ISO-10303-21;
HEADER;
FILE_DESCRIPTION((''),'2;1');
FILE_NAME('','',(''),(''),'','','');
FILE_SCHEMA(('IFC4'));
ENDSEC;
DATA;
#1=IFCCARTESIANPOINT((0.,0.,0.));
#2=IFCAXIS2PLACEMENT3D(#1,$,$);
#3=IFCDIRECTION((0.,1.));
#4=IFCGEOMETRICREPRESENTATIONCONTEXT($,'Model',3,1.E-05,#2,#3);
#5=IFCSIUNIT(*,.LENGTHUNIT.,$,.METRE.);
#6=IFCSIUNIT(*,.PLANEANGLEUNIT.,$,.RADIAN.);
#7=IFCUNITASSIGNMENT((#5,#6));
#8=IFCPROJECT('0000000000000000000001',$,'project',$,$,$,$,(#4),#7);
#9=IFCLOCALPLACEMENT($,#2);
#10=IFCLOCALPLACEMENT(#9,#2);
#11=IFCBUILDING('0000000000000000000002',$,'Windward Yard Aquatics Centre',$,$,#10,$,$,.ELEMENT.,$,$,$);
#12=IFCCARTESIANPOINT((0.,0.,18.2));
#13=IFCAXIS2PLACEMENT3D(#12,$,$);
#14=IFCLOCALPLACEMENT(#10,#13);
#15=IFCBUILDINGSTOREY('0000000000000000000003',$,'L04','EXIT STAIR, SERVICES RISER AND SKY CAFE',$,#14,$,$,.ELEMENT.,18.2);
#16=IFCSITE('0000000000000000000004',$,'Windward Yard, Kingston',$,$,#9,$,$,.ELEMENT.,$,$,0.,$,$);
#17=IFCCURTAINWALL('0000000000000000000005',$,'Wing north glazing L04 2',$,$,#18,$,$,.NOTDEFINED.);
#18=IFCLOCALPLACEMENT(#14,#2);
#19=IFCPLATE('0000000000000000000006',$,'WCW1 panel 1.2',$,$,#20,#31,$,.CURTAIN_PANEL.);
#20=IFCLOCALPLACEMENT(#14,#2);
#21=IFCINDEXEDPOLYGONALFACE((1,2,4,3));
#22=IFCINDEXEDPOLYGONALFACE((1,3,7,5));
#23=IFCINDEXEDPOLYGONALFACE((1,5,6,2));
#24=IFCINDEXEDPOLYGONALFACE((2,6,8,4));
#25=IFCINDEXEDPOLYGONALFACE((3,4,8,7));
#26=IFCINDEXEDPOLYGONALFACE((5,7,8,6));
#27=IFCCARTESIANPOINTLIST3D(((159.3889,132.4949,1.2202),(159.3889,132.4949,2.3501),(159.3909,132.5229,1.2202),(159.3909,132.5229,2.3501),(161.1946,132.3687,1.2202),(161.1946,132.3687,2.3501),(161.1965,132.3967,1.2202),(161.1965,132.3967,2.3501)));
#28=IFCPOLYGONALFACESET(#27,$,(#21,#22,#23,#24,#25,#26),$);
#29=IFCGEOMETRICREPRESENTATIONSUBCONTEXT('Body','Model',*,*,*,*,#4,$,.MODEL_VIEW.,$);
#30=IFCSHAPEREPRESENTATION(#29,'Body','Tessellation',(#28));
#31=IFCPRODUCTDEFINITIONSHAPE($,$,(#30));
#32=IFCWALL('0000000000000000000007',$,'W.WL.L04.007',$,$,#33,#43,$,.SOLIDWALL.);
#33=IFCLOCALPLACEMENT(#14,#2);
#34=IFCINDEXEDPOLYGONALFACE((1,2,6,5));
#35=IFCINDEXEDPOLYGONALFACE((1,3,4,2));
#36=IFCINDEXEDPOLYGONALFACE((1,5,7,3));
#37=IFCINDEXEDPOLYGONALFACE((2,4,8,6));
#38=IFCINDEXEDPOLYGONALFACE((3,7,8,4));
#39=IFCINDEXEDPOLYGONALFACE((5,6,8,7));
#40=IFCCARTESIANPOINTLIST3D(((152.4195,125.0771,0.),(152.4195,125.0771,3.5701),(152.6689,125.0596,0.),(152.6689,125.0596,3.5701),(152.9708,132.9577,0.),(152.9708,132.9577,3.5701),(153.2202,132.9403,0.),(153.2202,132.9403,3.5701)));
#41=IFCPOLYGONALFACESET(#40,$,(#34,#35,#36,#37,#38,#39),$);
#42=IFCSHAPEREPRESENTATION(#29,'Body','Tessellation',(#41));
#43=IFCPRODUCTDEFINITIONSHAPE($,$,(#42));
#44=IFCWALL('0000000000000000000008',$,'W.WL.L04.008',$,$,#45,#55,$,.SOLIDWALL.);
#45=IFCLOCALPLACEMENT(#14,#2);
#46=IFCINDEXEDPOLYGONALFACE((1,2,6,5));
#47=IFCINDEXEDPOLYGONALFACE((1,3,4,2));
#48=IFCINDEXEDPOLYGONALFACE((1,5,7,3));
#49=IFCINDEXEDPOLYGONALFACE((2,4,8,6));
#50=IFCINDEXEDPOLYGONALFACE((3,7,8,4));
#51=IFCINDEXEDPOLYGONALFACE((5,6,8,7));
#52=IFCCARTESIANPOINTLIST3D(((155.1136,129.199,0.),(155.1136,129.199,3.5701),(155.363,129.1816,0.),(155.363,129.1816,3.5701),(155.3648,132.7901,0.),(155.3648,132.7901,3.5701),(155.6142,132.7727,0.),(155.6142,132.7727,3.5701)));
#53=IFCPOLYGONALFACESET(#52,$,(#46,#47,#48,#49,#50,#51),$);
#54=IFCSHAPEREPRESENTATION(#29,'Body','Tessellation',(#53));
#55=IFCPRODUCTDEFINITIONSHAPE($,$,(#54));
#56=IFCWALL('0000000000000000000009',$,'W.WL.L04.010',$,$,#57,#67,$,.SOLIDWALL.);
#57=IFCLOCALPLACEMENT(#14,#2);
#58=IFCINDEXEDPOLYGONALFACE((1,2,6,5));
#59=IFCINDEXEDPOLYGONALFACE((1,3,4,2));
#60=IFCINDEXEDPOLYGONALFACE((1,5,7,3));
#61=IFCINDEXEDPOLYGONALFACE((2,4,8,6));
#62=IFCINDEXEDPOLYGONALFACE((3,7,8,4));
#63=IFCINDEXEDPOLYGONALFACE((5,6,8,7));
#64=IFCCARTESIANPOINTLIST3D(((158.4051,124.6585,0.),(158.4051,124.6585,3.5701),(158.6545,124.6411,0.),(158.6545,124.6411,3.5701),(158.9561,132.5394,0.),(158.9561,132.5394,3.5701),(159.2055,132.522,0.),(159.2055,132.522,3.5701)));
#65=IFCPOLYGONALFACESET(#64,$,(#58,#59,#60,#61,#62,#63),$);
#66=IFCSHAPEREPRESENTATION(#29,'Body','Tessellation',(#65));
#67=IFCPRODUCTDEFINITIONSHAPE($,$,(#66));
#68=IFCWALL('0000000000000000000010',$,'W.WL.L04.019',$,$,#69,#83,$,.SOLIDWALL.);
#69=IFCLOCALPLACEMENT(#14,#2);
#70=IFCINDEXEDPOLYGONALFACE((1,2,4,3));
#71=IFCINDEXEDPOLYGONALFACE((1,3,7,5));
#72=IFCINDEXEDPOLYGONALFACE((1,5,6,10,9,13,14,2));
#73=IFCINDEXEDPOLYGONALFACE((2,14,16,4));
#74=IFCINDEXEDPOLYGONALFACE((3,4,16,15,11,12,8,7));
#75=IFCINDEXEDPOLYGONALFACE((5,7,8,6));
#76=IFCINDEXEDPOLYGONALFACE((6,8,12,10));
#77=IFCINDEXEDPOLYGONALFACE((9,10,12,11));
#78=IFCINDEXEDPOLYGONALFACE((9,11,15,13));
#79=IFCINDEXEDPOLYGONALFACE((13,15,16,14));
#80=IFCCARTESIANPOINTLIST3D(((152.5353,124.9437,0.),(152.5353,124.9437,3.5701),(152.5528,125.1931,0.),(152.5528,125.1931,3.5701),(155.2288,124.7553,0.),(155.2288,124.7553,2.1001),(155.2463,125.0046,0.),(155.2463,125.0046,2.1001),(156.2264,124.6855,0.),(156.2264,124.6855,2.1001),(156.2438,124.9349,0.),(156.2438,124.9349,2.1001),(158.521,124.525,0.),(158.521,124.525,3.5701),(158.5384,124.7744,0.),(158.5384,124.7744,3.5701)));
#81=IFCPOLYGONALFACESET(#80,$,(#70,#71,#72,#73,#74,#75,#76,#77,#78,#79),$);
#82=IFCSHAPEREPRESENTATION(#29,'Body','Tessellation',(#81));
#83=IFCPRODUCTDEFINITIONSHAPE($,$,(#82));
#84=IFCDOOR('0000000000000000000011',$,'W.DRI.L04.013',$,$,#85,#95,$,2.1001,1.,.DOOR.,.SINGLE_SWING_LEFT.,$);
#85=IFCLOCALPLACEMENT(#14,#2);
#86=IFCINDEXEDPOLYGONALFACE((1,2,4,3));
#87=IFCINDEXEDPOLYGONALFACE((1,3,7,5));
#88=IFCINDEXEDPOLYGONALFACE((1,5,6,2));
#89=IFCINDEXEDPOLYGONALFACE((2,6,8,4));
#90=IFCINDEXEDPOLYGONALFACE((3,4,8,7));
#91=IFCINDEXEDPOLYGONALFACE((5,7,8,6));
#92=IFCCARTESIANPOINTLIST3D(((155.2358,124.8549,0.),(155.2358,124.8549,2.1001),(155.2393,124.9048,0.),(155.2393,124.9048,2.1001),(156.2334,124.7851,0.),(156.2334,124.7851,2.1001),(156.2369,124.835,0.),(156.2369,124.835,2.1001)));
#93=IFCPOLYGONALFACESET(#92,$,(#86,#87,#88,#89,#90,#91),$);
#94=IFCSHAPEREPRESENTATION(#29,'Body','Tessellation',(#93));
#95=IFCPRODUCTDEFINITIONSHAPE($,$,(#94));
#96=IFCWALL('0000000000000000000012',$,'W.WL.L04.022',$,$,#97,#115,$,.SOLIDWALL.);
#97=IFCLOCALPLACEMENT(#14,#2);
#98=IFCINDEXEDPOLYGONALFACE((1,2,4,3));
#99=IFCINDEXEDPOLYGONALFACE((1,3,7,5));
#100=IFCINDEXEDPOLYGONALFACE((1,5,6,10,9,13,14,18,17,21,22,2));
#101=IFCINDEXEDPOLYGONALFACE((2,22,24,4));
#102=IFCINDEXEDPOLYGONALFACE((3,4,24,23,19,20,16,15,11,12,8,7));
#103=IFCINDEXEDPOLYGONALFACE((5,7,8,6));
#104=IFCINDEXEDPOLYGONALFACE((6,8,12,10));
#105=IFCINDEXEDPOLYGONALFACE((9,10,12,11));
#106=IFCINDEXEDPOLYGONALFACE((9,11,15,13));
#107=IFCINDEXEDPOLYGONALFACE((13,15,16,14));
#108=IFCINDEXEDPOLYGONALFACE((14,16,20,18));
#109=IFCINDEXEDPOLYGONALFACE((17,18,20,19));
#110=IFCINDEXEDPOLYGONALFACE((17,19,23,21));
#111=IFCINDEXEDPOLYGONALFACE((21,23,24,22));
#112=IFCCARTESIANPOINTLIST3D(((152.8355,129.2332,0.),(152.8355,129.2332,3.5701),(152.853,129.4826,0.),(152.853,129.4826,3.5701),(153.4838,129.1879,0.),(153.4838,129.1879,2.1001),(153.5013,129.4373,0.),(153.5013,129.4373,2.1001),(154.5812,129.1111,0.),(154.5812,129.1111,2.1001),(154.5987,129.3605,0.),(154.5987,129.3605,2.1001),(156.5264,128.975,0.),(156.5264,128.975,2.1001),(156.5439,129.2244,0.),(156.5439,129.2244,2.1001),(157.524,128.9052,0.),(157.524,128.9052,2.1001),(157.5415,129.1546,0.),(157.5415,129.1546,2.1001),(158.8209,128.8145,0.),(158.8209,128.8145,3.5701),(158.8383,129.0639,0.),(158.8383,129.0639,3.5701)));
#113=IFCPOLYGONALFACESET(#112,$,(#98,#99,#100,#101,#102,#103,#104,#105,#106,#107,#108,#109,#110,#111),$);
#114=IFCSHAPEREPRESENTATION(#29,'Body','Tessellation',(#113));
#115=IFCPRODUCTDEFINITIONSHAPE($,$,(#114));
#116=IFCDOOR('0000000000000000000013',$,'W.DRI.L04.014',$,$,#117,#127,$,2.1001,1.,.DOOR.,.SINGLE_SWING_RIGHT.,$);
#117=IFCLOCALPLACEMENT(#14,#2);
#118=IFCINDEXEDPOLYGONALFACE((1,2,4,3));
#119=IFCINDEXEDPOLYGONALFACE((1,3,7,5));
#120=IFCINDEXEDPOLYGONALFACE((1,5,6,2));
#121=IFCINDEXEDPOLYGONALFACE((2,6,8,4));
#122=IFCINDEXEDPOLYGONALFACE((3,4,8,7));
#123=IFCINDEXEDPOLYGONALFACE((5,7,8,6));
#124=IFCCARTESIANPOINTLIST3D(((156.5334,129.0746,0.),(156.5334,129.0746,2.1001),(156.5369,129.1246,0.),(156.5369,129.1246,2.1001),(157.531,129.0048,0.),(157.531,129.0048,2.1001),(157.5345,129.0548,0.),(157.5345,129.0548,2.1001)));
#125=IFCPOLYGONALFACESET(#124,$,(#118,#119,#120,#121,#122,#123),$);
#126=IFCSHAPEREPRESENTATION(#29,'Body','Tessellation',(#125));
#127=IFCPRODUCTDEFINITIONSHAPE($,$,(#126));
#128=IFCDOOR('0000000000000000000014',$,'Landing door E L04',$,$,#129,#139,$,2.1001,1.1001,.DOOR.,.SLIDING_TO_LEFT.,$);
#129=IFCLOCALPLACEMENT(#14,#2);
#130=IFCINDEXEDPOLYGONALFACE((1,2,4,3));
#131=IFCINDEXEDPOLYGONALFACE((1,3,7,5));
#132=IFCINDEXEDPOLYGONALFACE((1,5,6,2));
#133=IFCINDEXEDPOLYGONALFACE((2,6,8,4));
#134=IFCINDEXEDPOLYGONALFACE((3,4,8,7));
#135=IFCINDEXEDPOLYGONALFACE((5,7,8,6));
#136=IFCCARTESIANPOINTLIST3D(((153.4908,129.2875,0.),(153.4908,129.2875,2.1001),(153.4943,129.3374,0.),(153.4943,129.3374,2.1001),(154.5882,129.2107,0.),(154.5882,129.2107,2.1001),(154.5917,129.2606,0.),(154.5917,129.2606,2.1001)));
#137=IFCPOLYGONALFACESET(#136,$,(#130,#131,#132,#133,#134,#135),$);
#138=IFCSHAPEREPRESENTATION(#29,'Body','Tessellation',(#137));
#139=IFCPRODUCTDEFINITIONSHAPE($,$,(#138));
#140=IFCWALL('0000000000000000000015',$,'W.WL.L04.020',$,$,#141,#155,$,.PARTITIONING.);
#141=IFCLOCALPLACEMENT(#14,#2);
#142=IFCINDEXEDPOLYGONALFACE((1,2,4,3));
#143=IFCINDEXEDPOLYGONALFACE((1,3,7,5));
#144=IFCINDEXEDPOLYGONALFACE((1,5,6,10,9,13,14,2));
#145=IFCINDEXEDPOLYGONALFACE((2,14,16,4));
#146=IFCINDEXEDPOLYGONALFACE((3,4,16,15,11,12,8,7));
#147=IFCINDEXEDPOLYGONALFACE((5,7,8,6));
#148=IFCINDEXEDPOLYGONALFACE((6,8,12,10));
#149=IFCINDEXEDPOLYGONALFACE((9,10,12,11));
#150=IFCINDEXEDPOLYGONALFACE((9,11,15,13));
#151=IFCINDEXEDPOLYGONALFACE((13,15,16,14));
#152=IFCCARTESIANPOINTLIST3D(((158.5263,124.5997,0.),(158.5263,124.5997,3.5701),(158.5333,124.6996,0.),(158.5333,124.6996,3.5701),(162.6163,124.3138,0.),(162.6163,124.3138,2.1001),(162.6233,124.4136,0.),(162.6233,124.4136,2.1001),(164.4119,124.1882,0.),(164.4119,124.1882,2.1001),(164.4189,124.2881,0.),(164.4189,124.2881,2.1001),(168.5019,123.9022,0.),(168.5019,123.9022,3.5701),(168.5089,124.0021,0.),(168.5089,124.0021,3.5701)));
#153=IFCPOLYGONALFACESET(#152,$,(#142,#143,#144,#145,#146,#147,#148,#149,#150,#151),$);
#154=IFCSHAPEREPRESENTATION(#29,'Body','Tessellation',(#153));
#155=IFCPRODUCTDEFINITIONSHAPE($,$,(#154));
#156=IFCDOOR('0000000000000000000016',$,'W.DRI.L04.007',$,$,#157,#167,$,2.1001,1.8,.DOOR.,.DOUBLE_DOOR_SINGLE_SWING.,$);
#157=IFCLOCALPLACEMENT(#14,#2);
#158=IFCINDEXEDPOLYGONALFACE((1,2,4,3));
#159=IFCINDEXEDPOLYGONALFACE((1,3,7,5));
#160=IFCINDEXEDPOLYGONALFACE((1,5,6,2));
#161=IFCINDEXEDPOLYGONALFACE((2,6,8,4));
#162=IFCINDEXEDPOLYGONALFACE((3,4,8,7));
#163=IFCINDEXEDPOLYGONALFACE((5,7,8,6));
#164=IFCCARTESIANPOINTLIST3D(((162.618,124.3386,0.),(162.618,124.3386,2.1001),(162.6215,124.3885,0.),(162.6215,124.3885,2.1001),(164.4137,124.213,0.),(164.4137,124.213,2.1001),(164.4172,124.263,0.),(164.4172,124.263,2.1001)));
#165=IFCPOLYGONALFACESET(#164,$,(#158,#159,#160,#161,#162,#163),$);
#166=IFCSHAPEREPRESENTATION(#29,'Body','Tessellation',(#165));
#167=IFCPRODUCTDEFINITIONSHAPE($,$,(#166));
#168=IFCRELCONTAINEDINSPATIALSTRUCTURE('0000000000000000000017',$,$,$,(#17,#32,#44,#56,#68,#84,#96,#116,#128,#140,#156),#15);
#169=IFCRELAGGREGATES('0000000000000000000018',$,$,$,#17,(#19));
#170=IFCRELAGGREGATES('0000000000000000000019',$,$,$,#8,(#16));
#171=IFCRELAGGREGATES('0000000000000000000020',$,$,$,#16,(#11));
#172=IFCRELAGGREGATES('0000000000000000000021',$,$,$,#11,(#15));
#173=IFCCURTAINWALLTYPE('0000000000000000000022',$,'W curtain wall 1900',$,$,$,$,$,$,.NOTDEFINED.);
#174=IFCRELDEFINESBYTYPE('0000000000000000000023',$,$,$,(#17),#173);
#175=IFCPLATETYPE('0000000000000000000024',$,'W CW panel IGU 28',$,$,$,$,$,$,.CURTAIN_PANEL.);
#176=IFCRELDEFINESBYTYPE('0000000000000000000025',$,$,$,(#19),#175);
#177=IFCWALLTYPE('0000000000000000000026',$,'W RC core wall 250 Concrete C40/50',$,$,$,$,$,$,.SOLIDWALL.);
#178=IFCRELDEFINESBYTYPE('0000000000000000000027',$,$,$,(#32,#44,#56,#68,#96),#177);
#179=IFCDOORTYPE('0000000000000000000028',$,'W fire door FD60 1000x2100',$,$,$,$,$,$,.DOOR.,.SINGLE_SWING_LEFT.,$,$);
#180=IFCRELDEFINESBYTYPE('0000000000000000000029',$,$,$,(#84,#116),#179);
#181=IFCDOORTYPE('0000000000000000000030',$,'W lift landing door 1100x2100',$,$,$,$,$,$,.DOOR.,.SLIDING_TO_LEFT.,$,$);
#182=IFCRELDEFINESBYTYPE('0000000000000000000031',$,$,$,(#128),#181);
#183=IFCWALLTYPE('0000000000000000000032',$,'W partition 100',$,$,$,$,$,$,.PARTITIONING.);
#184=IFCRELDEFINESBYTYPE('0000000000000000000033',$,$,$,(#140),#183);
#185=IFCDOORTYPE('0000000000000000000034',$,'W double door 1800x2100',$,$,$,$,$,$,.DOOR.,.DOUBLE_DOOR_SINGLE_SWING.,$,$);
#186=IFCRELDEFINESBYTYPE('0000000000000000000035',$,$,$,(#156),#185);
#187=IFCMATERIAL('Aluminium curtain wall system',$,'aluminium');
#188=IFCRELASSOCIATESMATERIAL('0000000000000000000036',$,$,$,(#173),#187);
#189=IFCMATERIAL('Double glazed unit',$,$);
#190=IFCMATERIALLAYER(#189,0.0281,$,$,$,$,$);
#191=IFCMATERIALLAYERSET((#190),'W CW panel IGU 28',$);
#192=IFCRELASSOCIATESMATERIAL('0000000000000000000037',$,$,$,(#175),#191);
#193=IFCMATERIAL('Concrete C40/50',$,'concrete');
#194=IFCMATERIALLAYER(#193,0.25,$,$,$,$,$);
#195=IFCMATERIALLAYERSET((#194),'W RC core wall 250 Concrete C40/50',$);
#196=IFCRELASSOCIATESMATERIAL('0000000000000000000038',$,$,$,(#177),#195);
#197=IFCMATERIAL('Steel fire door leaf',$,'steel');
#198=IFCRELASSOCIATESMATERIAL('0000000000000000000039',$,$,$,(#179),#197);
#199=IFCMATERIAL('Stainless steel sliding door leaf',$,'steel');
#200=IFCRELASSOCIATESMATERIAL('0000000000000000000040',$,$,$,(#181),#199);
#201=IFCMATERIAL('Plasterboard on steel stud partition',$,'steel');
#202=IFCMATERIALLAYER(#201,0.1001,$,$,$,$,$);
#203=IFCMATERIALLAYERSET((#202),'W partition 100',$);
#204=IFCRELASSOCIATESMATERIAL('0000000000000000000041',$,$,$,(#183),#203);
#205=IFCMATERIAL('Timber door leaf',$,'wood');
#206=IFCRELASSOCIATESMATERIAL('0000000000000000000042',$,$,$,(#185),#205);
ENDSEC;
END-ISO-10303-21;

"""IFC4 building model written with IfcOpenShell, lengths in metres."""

from ifc_helpers import new_model, si_unit, direction, frame, frame_2d, origin, origin_2d, place, context, subcontext, project, spatial, rectangle, extrude, material, layer, layer_set, type_object, element, fill, aggregate, save


model = new_model("IFC4")

# Units and contexts
model_context = context("Model", 3, precision=1e-05, world=origin(), true_north=direction((0.0, 1.0)))
body_context = subcontext(model_context, "Body", "Model", "MODEL_VIEW")
ifc_project = project(units=[si_unit("LENGTHUNIT", "METRE"), si_unit("PLANEANGLEUNIT", "RADIAN")], contexts=[model_context])

# Site, building, storey
site_placement = place(None, origin())
site = spatial("IfcSite", under=ifc_project, at=site_placement, Name="Windward Yard, Kingston", CompositionType="ELEMENT", RefElevation=0.0)
building_placement = place(site_placement, origin())
building = spatial("IfcBuilding", under=site, at=building_placement, Name="Windward Yard Aquatics Centre", CompositionType="ELEMENT")
storey_placement = place(building_placement, frame((0.0, 0.0, 18.2)))
storey = spatial("IfcBuildingStorey", under=building, at=storey_placement, Name="L04", Description="EXIT STAIR, SERVICES RISER AND SKY CAFE", CompositionType="ELEMENT", Elevation=18.2)

# Curtain wall
ifc_material_1 = material(Name="Aluminium curtain wall system", Category="aluminium")
curtain_wall_type = type_object("IfcCurtainWallType", Name="W curtain wall 1900", PredefinedType="NOTDEFINED", material=ifc_material_1)
curtain_wall_placement = place(storey_placement, origin())
curtain_wall = element("IfcCurtainWall", 1, at=curtain_wall_placement, inside=storey, type_object=curtain_wall_type, Name="Wing north glazing L04 2", PredefinedType="NOTDEFINED")

# Shared definitions
ifc_material_2 = material(Name="Concrete C40/50", Category="concrete")

# Plate
ifc_material_3 = material(Name="Double glazed unit")
ifc_layer_1 = layer(ifc_material_3, 0.0281)
ifc_layer_set_1 = layer_set([ifc_layer_1], Name="W CW panel IGU 28")
plate_type = type_object("IfcPlateType", Name="W CW panel IGU 28", PredefinedType="CURTAIN_PANEL", material=ifc_layer_set_1)
plate_1_placement = place(storey_placement, frame((160.2927, 132.4458, 1.2202), z_axis=(0.0, 0.0, 1.0), x_axis=(0.997564, -0.069758, 0.0)))
plate_1 = element("IfcPlate", 2, at=plate_1_placement, type_object=plate_type, Name="WCW1 panel 1.2", PredefinedType="CURTAIN_PANEL", context=body_context, shape_type="SweptSolid", body=[
    extrude(rectangle(XDim=1.8101, YDim=0.0281, at=origin_2d()), origin(), (0.0, 0.0, 1.0), 1.1299),
])
aggregate(curtain_wall, [plate_1])

# Walls
ifc_layer_2 = layer(ifc_material_2, 0.25)
ifc_layer_set_2 = layer_set([ifc_layer_2], Name="W RC core wall 250 Concrete C40/50")
wall_type_1 = type_object("IfcWallType", Name="W RC core wall 250 Concrete C40/50", PredefinedType="SOLIDWALL", material=ifc_layer_set_2)
wall_1_placement = place(storey_placement, frame((152.5442, 125.0684, 0.0), z_axis=(0.0, 0.0, 1.0), x_axis=(0.069782, 0.997562, 0.0)))
element("IfcWall", 3, at=wall_1_placement, inside=storey, type_object=wall_type_1, Name="W.WL.L04.007", PredefinedType="SOLIDWALL", context=body_context, shape_type="SweptSolid", body=[
    extrude(rectangle(XDim=7.8999, YDim=0.25, at=frame_2d((3.95, 0.0))), origin(), (0.0, 0.0, 1.0), 3.5701),
])
wall_2_placement = place(storey_placement, frame((155.2383, 129.1904, 0.0), z_axis=(0.0, 0.0, 1.0), x_axis=(0.069787, 0.997562, 0.0)))
element("IfcWall", 4, at=wall_2_placement, inside=storey, type_object=wall_type_1, Name="W.WL.L04.008", PredefinedType="SOLIDWALL", context=body_context, shape_type="SweptSolid", body=[
    extrude(rectangle(XDim=3.5999, YDim=0.25, at=frame_2d((1.7998, 0.0))), origin(), (0.0, 0.0, 1.0), 3.5701),
])
wall_3_placement = place(storey_placement, frame((158.5298, 124.6497, 0.0), z_axis=(0.0, 0.0, 1.0), x_axis=(0.069749, 0.997565, 0.0)))
element("IfcWall", 5, at=wall_3_placement, inside=storey, type_object=wall_type_1, Name="W.WL.L04.010", PredefinedType="SOLIDWALL", context=body_context, shape_type="SweptSolid", body=[
    extrude(rectangle(XDim=7.9001, YDim=0.25, at=frame_2d((3.9502, 0.0))), origin(), (0.0, 0.0, 1.0), 3.5701),
])

# Wall, opening, door
wall_4_placement = place(storey_placement, frame((152.5442, 125.0684, 0.0), z_axis=(0.0, 0.0, 1.0), x_axis=(0.997562, -0.069781, 0.0)))
wall_4 = element("IfcWall", 6, at=wall_4_placement, inside=storey, type_object=wall_type_1, Name="W.WL.L04.019", PredefinedType="SOLIDWALL", context=body_context, shape_type="SweptSolid", body=[
    extrude(rectangle(XDim=6.0002, YDim=0.25, at=frame_2d((3.0, 0.0))), origin(), (0.0, 0.0, 1.0), 3.5701),
])
opening_1_placement = place(wall_4_placement, frame((2.7, 0.0, 0.0)))
opening_1 = element("IfcOpeningElement", 7, at=opening_1_placement, cuts=wall_4, PredefinedType="OPENING", context=body_context, shape_type="SweptSolid", body=[
    extrude(rectangle(XDim=1.0, YDim=2.1001, at=frame_2d((0.5, 1.05))), frame((0.0, 0.135, 0.0), z_axis=(0.0, -1.0, 0.0), x_axis=(1.0, 0.0, 0.0)), (0.0, 0.0, 1.0), 0.27),
])
ifc_material_4 = material(Name="Steel fire door leaf", Category="steel")
door_type_1 = type_object("IfcDoorType", Name="W fire door FD60 1000x2100", OperationType="SINGLE_SWING_LEFT", PredefinedType="DOOR", material=ifc_material_4)
door_1_placement = place(opening_1_placement, origin())
door_1 = element("IfcDoor", 8, at=door_1_placement, inside=storey, type_object=door_type_1, Name="W.DRI.L04.013", OperationType="SINGLE_SWING_LEFT", OverallHeight=2.1001, OverallWidth=1.0, PredefinedType="DOOR", context=body_context, shape_type="SweptSolid", body=[
    extrude(rectangle(XDim=1.0, YDim=2.1001, at=frame_2d((0.5, 1.05))), frame((0.0, 0.0249, 0.0), z_axis=(0.0, -1.0, 0.0), x_axis=(1.0, 0.0, 0.0)), (0.0, 0.0, 1.0), 0.05),
])
fill(opening_1, door_1)

# Wall, openings, doors
wall_5_placement = place(storey_placement, frame((152.8442, 129.3579, 0.0), z_axis=(0.0, 0.0, 1.0), x_axis=(0.997562, -0.069784, 0.0)))
wall_5 = element("IfcWall", 9, at=wall_5_placement, inside=storey, type_object=wall_type_1, Name="W.WL.L04.022", PredefinedType="SOLIDWALL", context=body_context, shape_type="SweptSolid", body=[
    extrude(rectangle(XDim=6.0, YDim=0.25, at=frame_2d((3.0, 0.0))), origin(), (0.0, 0.0, 1.0), 3.5701),
])
opening_2_placement = place(wall_5_placement, frame((3.7, 0.0, 0.0)))
opening_2 = element("IfcOpeningElement", 10, at=opening_2_placement, cuts=wall_5, PredefinedType="OPENING", context=body_context, shape_type="SweptSolid", body=[
    extrude(rectangle(XDim=1.0, YDim=2.1001, at=frame_2d((0.5, 1.05))), frame((0.0, 0.135, 0.0), z_axis=(0.0, -1.0, 0.0), x_axis=(1.0, 0.0, 0.0)), (0.0, 0.0, 1.0), 0.27),
])
opening_3_placement = place(wall_5_placement, frame((0.6499, 0.0, 0.0)))
opening_3 = element("IfcOpeningElement", 11, at=opening_3_placement, cuts=wall_5, PredefinedType="OPENING", context=body_context, shape_type="SweptSolid", body=[
    extrude(rectangle(XDim=1.1001, YDim=2.1001, at=frame_2d((0.55, 1.05))), frame((0.0, 0.135, 0.0), z_axis=(0.0, -1.0, 0.0), x_axis=(1.0, 0.0, 0.0)), (0.0, 0.0, 1.0), 0.27),
])
door_2_placement = place(opening_2_placement, origin())
door_2 = element("IfcDoor", 12, at=door_2_placement, inside=storey, type_object=door_type_1, Name="W.DRI.L04.014", OperationType="SINGLE_SWING_RIGHT", OverallHeight=2.1001, OverallWidth=1.0, PredefinedType="DOOR", context=body_context, shape_type="SweptSolid", body=[
    extrude(rectangle(XDim=1.0, YDim=2.1001, at=frame_2d((0.5, 1.05))), frame((0.0, 0.0249, 0.0), z_axis=(0.0, -1.0, 0.0), x_axis=(1.0, 0.0, 0.0)), (0.0, 0.0, 1.0), 0.05),
])
fill(opening_2, door_2)
ifc_material_5 = material(Name="Stainless steel sliding door leaf", Category="steel")
door_type_2 = type_object("IfcDoorType", Name="W lift landing door 1100x2100", OperationType="SLIDING_TO_LEFT", PredefinedType="DOOR", material=ifc_material_5)
door_3_placement = place(opening_3_placement, origin())
door_3 = element("IfcDoor", 13, at=door_3_placement, inside=storey, type_object=door_type_2, Name="Landing door E L04", OperationType="SLIDING_TO_LEFT", OverallHeight=2.1001, OverallWidth=1.1001, PredefinedType="DOOR", context=body_context, shape_type="SweptSolid", body=[
    extrude(rectangle(XDim=1.1001, YDim=2.1001, at=frame_2d((0.55, 1.05))), frame((0.0, 0.0249, 0.0), z_axis=(0.0, -1.0, 0.0), x_axis=(1.0, 0.0, 0.0)), (0.0, 0.0, 1.0), 0.05),
])
fill(opening_3, door_3)

# Wall, opening, door
ifc_material_6 = material(Name="Plasterboard on steel stud partition", Category="steel")
ifc_layer_3 = layer(ifc_material_6, 0.1001)
ifc_layer_set_3 = layer_set([ifc_layer_3], Name="W partition 100")
wall_type_2 = type_object("IfcWallType", Name="W partition 100", PredefinedType="PARTITIONING", material=ifc_layer_set_3)
wall_6_placement = place(storey_placement, frame((158.5298, 124.6497, 0.0), z_axis=(0.0, 0.0, 1.0), x_axis=(0.997564, -0.069751, 0.0)))
wall_6 = element("IfcWall", 14, at=wall_6_placement, inside=storey, type_object=wall_type_2, Name="W.WL.L04.020", PredefinedType="PARTITIONING", context=body_context, shape_type="SweptSolid", body=[
    extrude(rectangle(XDim=10.0, YDim=0.1001, at=frame_2d((5.0, 0.0))), origin(), (0.0, 0.0, 1.0), 3.5701),
])
opening_4_placement = place(wall_6_placement, frame((4.1001, 0.0, 0.0)))
opening_4 = element("IfcOpeningElement", 15, at=opening_4_placement, cuts=wall_6, PredefinedType="OPENING", context=body_context, shape_type="SweptSolid", body=[
    extrude(rectangle(XDim=1.8, YDim=2.1001, at=frame_2d((0.8999, 1.05))), frame((0.0, 0.0601, 0.0), z_axis=(0.0, -1.0, 0.0), x_axis=(1.0, 0.0, 0.0)), (0.0, 0.0, 1.0), 0.1201),
])
ifc_material_7 = material(Name="Timber door leaf", Category="wood")
door_type_3 = type_object("IfcDoorType", Name="W double door 1800x2100", OperationType="DOUBLE_DOOR_SINGLE_SWING", PredefinedType="DOOR", material=ifc_material_7)
door_4_placement = place(opening_4_placement, origin())
door_4 = element("IfcDoor", 16, at=door_4_placement, inside=storey, type_object=door_type_3, Name="W.DRI.L04.007", OperationType="DOUBLE_DOOR_SINGLE_SWING", OverallHeight=2.1001, OverallWidth=1.8, PredefinedType="DOOR", context=body_context, shape_type="SweptSolid", body=[
    extrude(rectangle(XDim=1.8, YDim=2.1001, at=frame_2d((0.8999, 1.05))), frame((0.0, 0.0249, 0.0), z_axis=(0.0, -1.0, 0.0), x_axis=(1.0, 0.0, 0.0)), (0.0, 0.0, 1.0), 0.05),
])
fill(opening_4, door_4)

save(model, "model.ifc")
